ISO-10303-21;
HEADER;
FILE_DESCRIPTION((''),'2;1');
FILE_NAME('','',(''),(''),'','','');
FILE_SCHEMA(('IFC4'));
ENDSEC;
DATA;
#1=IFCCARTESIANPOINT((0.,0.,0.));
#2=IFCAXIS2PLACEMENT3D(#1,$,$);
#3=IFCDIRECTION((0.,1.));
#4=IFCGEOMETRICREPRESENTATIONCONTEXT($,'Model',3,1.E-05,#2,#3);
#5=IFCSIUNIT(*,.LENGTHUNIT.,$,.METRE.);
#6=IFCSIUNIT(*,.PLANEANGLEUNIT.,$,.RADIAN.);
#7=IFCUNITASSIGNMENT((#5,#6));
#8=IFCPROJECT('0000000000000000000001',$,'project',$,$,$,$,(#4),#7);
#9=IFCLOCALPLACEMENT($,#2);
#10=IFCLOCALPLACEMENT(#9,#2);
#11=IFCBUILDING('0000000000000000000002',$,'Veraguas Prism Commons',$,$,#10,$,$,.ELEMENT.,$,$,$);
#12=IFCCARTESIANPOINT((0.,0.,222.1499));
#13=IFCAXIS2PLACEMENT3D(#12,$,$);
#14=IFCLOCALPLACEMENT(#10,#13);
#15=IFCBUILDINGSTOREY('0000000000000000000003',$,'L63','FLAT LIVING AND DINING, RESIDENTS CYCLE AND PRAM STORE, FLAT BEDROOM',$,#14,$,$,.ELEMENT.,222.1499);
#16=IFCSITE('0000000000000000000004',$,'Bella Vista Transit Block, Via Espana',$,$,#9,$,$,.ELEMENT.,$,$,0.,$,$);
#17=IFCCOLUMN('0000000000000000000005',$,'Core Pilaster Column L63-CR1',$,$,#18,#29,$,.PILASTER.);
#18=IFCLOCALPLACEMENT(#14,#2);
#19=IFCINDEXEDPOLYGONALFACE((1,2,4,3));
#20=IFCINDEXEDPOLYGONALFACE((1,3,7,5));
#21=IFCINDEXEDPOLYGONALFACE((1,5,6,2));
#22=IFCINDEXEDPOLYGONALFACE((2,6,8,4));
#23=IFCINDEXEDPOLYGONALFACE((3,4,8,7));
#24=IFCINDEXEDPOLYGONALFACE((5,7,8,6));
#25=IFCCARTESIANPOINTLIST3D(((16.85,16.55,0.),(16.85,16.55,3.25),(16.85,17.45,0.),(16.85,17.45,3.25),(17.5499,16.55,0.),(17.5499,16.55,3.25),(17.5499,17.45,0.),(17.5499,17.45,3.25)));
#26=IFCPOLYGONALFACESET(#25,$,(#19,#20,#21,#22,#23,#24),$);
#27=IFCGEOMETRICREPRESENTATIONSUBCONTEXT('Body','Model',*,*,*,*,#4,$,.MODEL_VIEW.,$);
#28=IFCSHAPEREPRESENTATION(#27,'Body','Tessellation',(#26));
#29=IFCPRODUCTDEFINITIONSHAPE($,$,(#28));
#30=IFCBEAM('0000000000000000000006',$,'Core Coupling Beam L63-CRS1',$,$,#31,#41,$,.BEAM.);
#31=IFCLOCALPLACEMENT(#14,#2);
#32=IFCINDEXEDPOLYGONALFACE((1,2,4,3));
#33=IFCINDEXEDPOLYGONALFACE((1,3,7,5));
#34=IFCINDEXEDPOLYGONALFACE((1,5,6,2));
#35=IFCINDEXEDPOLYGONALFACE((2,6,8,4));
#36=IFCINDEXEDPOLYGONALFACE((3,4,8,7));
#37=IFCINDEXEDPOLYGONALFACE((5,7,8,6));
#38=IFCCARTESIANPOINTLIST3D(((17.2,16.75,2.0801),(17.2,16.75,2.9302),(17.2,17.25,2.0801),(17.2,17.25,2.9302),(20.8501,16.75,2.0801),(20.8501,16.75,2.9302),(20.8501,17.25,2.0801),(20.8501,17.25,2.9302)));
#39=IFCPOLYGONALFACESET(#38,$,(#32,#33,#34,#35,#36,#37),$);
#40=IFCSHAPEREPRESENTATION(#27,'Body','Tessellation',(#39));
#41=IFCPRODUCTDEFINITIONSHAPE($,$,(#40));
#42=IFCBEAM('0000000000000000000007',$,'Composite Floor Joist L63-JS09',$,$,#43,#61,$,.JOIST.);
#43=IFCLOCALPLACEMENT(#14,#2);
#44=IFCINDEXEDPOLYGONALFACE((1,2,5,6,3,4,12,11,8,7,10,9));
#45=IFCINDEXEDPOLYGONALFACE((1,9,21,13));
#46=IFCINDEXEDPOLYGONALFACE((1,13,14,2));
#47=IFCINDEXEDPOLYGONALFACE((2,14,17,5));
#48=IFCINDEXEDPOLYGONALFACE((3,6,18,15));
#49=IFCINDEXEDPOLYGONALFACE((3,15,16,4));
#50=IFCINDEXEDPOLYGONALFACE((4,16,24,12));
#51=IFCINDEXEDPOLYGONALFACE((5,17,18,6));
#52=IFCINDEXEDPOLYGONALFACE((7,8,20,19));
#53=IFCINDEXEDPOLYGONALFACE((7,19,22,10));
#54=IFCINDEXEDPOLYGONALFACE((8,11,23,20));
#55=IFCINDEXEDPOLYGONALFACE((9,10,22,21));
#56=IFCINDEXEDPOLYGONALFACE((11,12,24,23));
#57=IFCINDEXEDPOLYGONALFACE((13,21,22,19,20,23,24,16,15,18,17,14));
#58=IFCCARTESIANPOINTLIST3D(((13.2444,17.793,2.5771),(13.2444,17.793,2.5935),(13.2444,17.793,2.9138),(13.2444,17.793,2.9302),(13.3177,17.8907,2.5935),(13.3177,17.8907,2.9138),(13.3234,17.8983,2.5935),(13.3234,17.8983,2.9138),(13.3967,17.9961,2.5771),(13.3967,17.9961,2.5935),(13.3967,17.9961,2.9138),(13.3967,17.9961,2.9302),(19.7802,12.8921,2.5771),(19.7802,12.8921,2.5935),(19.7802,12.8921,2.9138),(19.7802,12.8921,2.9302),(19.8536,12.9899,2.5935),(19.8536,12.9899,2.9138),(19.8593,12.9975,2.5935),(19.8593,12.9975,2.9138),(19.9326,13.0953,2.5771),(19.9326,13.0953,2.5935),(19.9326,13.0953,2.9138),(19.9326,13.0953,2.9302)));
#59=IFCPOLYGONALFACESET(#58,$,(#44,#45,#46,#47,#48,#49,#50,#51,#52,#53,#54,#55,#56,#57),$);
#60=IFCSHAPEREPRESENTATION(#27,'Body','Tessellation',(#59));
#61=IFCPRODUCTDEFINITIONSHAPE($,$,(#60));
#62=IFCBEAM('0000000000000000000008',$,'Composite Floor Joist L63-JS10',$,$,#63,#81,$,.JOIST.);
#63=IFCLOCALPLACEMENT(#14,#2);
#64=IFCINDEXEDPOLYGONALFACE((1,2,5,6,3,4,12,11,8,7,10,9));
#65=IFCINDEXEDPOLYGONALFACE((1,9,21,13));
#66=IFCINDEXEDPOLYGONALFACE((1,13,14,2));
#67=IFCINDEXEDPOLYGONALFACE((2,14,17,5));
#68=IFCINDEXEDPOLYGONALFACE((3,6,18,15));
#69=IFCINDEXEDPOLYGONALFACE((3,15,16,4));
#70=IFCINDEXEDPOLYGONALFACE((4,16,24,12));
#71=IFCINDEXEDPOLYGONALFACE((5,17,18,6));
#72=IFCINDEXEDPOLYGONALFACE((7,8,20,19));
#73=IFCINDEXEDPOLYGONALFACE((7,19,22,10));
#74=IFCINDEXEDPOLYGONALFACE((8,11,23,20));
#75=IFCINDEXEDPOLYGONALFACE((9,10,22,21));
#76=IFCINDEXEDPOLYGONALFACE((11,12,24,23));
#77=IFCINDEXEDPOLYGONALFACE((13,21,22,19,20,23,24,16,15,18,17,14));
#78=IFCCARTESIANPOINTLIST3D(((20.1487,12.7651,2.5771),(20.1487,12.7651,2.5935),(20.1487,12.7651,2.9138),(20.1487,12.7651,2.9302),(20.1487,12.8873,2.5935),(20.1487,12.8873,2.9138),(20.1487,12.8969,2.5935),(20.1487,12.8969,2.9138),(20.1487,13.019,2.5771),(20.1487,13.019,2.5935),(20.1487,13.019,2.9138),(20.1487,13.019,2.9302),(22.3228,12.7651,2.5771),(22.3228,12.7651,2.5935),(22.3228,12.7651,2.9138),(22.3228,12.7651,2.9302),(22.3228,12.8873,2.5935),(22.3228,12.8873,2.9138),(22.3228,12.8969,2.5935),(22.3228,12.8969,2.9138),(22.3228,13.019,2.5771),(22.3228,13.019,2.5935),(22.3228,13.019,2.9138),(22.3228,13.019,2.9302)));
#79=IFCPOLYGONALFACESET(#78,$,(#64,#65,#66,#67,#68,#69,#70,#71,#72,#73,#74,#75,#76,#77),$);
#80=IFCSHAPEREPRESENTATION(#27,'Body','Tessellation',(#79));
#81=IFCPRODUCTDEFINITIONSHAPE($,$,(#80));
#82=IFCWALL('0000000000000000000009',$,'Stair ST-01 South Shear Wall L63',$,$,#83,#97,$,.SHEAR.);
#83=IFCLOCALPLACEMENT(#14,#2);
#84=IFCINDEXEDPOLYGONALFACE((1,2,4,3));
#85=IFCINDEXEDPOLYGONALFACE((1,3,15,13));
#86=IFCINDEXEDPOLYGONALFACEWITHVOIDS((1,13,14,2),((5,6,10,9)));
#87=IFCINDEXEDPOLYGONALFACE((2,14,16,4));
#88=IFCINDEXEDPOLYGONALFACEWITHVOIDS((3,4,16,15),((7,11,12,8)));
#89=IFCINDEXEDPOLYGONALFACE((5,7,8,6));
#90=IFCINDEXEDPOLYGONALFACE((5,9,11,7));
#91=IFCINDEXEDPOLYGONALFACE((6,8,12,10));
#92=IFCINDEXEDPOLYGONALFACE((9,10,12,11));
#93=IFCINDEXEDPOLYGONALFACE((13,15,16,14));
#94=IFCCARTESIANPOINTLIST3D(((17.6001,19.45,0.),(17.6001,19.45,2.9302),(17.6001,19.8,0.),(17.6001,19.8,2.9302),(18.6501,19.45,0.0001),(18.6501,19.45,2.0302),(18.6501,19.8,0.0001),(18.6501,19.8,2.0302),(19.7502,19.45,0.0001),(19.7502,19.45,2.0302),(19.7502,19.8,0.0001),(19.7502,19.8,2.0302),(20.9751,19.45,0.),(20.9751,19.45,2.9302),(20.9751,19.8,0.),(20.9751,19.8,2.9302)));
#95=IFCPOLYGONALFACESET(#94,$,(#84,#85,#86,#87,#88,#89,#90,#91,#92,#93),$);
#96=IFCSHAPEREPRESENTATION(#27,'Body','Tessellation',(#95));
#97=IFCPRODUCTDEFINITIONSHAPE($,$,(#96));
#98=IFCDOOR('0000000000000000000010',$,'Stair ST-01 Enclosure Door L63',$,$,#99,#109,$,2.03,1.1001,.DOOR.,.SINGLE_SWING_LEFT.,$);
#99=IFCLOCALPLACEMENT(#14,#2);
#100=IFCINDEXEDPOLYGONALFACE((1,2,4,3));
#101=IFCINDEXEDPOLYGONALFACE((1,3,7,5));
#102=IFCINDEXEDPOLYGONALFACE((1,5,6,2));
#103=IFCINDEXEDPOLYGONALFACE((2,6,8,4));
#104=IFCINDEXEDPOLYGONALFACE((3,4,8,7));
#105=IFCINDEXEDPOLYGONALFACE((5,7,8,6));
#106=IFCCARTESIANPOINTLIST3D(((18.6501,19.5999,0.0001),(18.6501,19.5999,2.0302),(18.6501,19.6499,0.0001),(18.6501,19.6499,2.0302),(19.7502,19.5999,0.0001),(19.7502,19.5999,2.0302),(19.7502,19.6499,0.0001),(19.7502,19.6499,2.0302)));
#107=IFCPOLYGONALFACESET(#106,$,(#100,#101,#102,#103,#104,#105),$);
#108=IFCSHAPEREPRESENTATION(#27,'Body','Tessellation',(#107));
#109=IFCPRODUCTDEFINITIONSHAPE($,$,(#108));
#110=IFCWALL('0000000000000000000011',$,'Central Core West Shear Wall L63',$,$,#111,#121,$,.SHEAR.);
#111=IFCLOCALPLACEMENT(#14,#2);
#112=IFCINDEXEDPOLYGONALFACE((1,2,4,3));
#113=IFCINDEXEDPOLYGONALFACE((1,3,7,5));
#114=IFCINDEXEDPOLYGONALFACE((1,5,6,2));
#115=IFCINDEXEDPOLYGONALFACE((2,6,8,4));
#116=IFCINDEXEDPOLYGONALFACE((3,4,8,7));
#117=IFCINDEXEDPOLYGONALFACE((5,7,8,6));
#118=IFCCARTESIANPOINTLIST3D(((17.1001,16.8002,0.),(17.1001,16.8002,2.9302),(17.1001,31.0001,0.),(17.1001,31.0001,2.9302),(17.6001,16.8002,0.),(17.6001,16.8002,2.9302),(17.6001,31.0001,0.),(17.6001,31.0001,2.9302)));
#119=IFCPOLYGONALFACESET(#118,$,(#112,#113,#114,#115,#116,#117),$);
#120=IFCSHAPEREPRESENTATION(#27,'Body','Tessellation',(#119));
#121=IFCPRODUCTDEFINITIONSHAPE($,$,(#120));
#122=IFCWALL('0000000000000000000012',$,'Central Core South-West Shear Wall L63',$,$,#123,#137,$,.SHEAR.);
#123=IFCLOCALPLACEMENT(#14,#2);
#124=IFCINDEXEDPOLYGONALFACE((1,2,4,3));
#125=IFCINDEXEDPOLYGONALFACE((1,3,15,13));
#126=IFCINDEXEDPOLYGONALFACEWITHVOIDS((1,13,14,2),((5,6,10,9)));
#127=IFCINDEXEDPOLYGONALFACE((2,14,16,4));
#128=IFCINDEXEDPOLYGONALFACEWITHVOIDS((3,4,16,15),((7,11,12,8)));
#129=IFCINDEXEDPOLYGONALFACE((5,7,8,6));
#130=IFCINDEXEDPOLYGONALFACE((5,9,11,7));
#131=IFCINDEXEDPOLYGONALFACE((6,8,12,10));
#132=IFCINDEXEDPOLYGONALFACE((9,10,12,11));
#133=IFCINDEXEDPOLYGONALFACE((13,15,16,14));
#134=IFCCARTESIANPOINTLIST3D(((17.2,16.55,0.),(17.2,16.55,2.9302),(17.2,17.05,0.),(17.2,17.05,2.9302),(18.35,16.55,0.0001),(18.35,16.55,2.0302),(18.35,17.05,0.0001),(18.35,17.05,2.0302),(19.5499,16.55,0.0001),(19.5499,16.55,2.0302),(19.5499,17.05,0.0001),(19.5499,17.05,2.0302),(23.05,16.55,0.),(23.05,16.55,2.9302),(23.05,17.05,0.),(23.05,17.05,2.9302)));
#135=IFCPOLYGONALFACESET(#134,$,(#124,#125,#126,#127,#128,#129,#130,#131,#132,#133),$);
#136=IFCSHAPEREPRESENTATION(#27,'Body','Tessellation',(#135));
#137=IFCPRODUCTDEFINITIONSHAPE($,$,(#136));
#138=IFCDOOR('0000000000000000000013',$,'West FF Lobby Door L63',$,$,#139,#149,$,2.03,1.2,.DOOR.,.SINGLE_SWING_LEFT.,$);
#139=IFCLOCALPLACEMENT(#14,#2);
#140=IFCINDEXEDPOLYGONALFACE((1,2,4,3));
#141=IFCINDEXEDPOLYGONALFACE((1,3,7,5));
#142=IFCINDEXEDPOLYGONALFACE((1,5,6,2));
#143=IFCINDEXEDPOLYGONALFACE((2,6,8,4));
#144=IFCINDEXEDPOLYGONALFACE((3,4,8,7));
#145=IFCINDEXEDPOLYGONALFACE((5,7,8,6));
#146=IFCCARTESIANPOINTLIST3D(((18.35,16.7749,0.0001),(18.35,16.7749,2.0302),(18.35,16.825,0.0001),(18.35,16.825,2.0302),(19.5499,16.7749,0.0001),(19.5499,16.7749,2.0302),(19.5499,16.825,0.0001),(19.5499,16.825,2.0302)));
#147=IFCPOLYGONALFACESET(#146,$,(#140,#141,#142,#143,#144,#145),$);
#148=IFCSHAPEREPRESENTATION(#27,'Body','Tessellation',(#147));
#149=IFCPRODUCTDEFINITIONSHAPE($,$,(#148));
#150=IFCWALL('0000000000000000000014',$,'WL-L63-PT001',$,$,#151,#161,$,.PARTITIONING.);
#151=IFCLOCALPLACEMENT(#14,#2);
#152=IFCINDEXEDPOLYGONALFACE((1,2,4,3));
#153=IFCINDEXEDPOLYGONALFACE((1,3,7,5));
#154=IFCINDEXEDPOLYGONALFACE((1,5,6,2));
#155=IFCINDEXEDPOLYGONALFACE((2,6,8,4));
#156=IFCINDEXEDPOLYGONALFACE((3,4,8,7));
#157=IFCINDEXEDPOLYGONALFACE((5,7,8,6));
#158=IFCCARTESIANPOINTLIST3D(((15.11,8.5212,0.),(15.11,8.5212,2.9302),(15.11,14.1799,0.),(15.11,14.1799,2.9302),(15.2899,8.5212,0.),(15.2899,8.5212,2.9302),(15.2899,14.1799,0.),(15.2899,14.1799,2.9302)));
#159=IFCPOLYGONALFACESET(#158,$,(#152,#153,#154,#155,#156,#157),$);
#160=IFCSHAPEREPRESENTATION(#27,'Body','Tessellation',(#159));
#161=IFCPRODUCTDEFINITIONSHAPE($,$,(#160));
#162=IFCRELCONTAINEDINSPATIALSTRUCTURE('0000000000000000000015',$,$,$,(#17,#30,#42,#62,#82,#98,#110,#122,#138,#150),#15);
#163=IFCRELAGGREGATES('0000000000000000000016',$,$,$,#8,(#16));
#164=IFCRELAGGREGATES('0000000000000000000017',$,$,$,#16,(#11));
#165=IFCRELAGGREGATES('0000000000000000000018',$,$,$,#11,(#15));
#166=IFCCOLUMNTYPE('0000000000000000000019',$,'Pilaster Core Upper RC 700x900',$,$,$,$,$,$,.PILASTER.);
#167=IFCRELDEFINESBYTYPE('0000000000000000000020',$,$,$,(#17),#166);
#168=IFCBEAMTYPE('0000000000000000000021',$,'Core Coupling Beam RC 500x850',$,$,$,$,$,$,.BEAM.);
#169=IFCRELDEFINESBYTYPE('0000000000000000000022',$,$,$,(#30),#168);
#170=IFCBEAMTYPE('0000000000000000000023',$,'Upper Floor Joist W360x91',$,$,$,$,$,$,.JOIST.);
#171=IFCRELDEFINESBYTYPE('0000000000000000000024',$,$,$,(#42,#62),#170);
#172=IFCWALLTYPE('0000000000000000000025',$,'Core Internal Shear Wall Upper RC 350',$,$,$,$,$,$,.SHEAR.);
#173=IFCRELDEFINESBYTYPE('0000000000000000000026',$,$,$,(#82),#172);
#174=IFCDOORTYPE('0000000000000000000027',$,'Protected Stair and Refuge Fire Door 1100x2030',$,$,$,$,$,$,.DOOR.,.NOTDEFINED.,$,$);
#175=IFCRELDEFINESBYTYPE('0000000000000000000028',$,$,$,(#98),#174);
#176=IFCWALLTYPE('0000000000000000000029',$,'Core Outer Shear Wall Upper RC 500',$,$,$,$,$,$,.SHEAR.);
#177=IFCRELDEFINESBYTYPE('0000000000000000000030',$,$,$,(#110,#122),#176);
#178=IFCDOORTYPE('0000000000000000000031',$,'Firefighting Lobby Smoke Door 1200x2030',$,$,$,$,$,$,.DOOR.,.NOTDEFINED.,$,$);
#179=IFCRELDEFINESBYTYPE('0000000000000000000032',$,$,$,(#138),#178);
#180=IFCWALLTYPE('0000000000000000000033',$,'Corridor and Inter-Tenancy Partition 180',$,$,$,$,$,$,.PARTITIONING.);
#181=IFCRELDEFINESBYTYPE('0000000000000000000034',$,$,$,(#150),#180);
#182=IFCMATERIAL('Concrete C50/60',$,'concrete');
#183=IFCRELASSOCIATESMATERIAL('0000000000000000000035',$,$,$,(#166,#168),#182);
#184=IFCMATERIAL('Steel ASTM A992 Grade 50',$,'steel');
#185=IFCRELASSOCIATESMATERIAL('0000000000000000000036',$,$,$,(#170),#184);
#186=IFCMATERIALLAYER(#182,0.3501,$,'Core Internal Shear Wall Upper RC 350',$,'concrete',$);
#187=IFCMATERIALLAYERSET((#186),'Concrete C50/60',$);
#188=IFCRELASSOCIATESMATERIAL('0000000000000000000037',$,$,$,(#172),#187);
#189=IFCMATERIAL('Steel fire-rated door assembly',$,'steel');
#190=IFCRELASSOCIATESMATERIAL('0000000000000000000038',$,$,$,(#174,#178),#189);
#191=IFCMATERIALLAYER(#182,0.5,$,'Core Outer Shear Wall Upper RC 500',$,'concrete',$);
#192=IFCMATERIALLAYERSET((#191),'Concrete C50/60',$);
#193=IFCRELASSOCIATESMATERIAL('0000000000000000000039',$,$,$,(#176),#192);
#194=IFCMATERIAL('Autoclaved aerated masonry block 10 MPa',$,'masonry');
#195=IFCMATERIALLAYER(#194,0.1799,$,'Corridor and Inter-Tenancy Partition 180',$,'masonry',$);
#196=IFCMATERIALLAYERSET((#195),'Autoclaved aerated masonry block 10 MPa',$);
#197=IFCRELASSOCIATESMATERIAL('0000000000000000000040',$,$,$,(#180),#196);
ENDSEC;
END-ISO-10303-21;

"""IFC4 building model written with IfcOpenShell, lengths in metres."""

from ifc_helpers import new_model, si_unit, direction, frame, frame_2d, origin, origin_2d, place, context, subcontext, project, spatial, rectangle, i_section, extrude, source, transform, mapped, material, layer, layer_set, material_profile, profile_set, type_object, element, fill, save


model = new_model("IFC4")

# Units and contexts
model_context = context("Model", 3, precision=1e-05, world=origin(), true_north=direction((0.0, 1.0)))
body_context = subcontext(model_context, "Body", "Model", "MODEL_VIEW")
ifc_project = project(units=[si_unit("LENGTHUNIT", "METRE"), si_unit("PLANEANGLEUNIT", "RADIAN")], contexts=[model_context])

# Site, building, storey
site_placement = place(None, origin())
site = spatial("IfcSite", under=ifc_project, at=site_placement, Name="Bella Vista Transit Block, Via Espana", CompositionType="ELEMENT", RefElevation=0.0)
building_placement = place(site_placement, origin())
building = spatial("IfcBuilding", under=site, at=building_placement, Name="Veraguas Prism Commons", CompositionType="ELEMENT")
storey_placement = place(building_placement, frame((0.0, 0.0, 222.1499)))
storey = spatial("IfcBuildingStorey", under=building, at=storey_placement, Name="L63", Description="FLAT LIVING AND DINING, RESIDENTS CYCLE AND PRAM STORE, FLAT BEDROOM", CompositionType="ELEMENT", Elevation=222.1499)

# Column
ifc_material_1 = material(Name="Concrete C50/60", Category="concrete")
ifc_material_profile_1 = material_profile(ifc_material_1, rectangle(XDim=0.7, YDim=0.8999, at=origin_2d()), Name="RC700X900")
ifc_profile_set_1 = profile_set([ifc_material_profile_1], Name="Concrete C50/60")
column_type = type_object("IfcColumnType", Name="Pilaster Core Upper RC 700x900", PredefinedType="PILASTER", material=ifc_profile_set_1)
column_placement = place(storey_placement, frame((17.2, 17.0, 0.0), z_axis=(0.0, 0.0, 1.0), x_axis=(1.0, 0.0, 0.0)))
element("IfcColumn", 1, at=column_placement, inside=storey, type_object=column_type, Name="Core Pilaster Column L63-CR1", PredefinedType="PILASTER", context=body_context, shape_type="SweptSolid", body=[
    extrude(rectangle(XDim=0.7, YDim=0.8999, at=origin_2d()), origin(), (0.0, 0.0, 1.0), 3.25),
])

# Beams
ifc_material_profile_2 = material_profile(ifc_material_1, rectangle(XDim=0.5, YDim=0.8501, at=origin_2d()), Name="RC500X850")
ifc_profile_set_2 = profile_set([ifc_material_profile_2], Name="Concrete C50/60")
beam_type_1 = type_object("IfcBeamType", Name="Core Coupling Beam RC 500x850", PredefinedType="BEAM", material=ifc_profile_set_2)
beam_1_placement = place(storey_placement, frame((17.2, 17.0, 2.5051), z_axis=(1.0, 0.0, 0.0), x_axis=(0.0, 1.0, 0.0)))
element("IfcBeam", 2, at=beam_1_placement, inside=storey, type_object=beam_type_1, Name="Core Coupling Beam L63-CRS1", PredefinedType="BEAM", context=body_context, shape_type="SweptSolid", body=[
    extrude(rectangle(XDim=0.5, YDim=0.8501, at=origin_2d()), origin(), (0.0, 0.0, 1.0), 3.6501),
])
ifc_material_2 = material(Name="Steel ASTM A992 Grade 50", Category="steel")
ifc_material_profile_3 = material_profile(ifc_material_2, i_section(OverallWidth=0.2539, OverallDepth=0.353, WebThickness=0.0095, FlangeThickness=0.0164, at=origin_2d()), Name="W360X91")
ifc_profile_set_3 = profile_set([ifc_material_profile_3], Name="Steel ASTM A992 Grade 50")
beam_type_2 = type_object("IfcBeamType", Name="Upper Floor Joist W360x91", PredefinedType="JOIST", material=ifc_profile_set_3)
beam_2_placement = place(storey_placement, frame((13.3206, 17.8945, 2.7537), z_axis=(0.800061, -0.599919, 0.0), x_axis=(0.599919, 0.800061, 0.0)))
element("IfcBeam", 3, at=beam_2_placement, inside=storey, type_object=beam_type_2, Name="Composite Floor Joist L63-JS09", PredefinedType="JOIST", context=body_context, shape_type="SweptSolid", body=[
    extrude(i_section(OverallWidth=0.2539, OverallDepth=0.353, WebThickness=0.0095, FlangeThickness=0.0164, at=origin_2d()), origin(), (0.0, 0.0, 1.0), 8.1692),
])
beam_3_placement = place(storey_placement, frame((20.1487, 12.8921, 2.7537), z_axis=(1.0, 0.0, 0.0), x_axis=(0.0, 1.0, 0.0)))
element("IfcBeam", 4, at=beam_3_placement, inside=storey, type_object=beam_type_2, Name="Composite Floor Joist L63-JS10", PredefinedType="JOIST", context=body_context, shape_type="SweptSolid", body=[
    extrude(i_section(OverallWidth=0.2539, OverallDepth=0.353, WebThickness=0.0095, FlangeThickness=0.0164, at=origin_2d()), origin(), (0.0, 0.0, 1.0), 2.1741),
])

# Wall, opening, door
ifc_layer_1 = layer(ifc_material_1, 0.3501, Name="Core Internal Shear Wall Upper RC 350", Category="concrete")
ifc_layer_set_1 = layer_set([ifc_layer_1], Name="Concrete C50/60")
wall_type_1 = type_object("IfcWallType", Name="Core Internal Shear Wall Upper RC 350", PredefinedType="SHEAR", material=ifc_layer_set_1)
wall_1_placement = place(storey_placement, frame((17.6001, 19.625, 0.0), z_axis=(0.0, 0.0, 1.0), x_axis=(1.0, 0.0, 0.0)))
wall_1 = element("IfcWall", 5, at=wall_1_placement, inside=storey, type_object=wall_type_1, Name="Stair ST-01 South Shear Wall L63", PredefinedType="SHEAR", context=body_context, shape_type="SweptSolid", body=[
    extrude(rectangle(XDim=3.375, YDim=0.3501, at=frame_2d((1.6875, 0.0))), origin(), (0.0, 0.0, 1.0), 2.9302),
])
opening_1_placement = place(wall_1_placement, frame((1.05, 0.0, 0.0)))
opening_1 = element("IfcOpeningElement", 6, at=opening_1_placement, cuts=wall_1, PredefinedType="OPENING", context=body_context, shape_type="SweptSolid", body=[
    extrude(rectangle(XDim=1.1001, YDim=2.03, at=frame_2d((0.55, 1.0151))), frame((0.0, 0.1851, 0.0), z_axis=(0.0, -1.0, 0.0), x_axis=(1.0, 0.0, 0.0)), (0.0, 0.0, 1.0), 0.3701),
])
ifc_material_3 = material(Name="Steel fire-rated door assembly", Category="steel")
door_type_1 = type_object("IfcDoorType", Name="Protected Stair and Refuge Fire Door 1100x2030", OperationType="NOTDEFINED", PredefinedType="DOOR", material=ifc_material_3)
shared_shape_1 = source(origin(), body_context, "Body", "SweptSolid", [
    extrude(rectangle(XDim=1.1001, YDim=2.03, at=frame_2d((0.55, 1.0151))), frame((0.0, 0.0249, 0.0), z_axis=(0.0, -1.0, 0.0), x_axis=(1.0, 0.0, 0.0)), (0.0, 0.0, 1.0), 0.05),
])
door_1_placement = place(opening_1_placement, origin())
door_1 = element("IfcDoor", 7, at=door_1_placement, inside=storey, type_object=door_type_1, Name="Stair ST-01 Enclosure Door L63", OperationType="SINGLE_SWING_LEFT", OverallHeight=2.03, OverallWidth=1.1001, PredefinedType="DOOR", context=body_context, shape_type="MappedRepresentation", body=[
    mapped(shared_shape_1, transform((0.0, 0.0, 0.0), scale=1.0)),
])
fill(opening_1, door_1)

# Wall
ifc_layer_2 = layer(ifc_material_1, 0.5, Name="Core Outer Shear Wall Upper RC 500", Category="concrete")
ifc_layer_set_2 = layer_set([ifc_layer_2], Name="Concrete C50/60")
wall_type_2 = type_object("IfcWallType", Name="Core Outer Shear Wall Upper RC 500", PredefinedType="SHEAR", material=ifc_layer_set_2)
wall_2_placement = place(storey_placement, frame((17.3501, 16.8, 0.0), z_axis=(0.0, 0.0, 1.0), x_axis=(0.0, 1.0, 0.0)))
element("IfcWall", 8, at=wall_2_placement, inside=storey, type_object=wall_type_2, Name="Central Core West Shear Wall L63", PredefinedType="SHEAR", context=body_context, shape_type="SweptSolid", body=[
    extrude(rectangle(XDim=14.2, YDim=0.5, at=frame_2d((7.1001, 0.0))), origin(), (0.0, 0.0, 1.0), 2.9302),
])

# Wall, opening, door
wall_3_placement = place(storey_placement, frame((17.2, 16.8, 0.0), z_axis=(0.0, 0.0, 1.0), x_axis=(1.0, 0.0, 0.0)))
wall_3 = element("IfcWall", 9, at=wall_3_placement, inside=storey, type_object=wall_type_2, Name="Central Core South-West Shear Wall L63", PredefinedType="SHEAR", context=body_context, shape_type="SweptSolid", body=[
    extrude(rectangle(XDim=5.8501, YDim=0.5, at=frame_2d((2.925, 0.0))), origin(), (0.0, 0.0, 1.0), 2.9302),
])
opening_2_placement = place(wall_3_placement, frame((1.1499, 0.0, 0.0)))
opening_2 = element("IfcOpeningElement", 10, at=opening_2_placement, cuts=wall_3, PredefinedType="OPENING", context=body_context, shape_type="SweptSolid", body=[
    extrude(rectangle(XDim=1.2, YDim=2.03, at=frame_2d((0.6001, 1.0151))), frame((0.0, 0.26, 0.0), z_axis=(0.0, -1.0, 0.0), x_axis=(1.0, 0.0, 0.0)), (0.0, 0.0, 1.0), 0.52),
])
door_type_2 = type_object("IfcDoorType", Name="Firefighting Lobby Smoke Door 1200x2030", OperationType="NOTDEFINED", PredefinedType="DOOR", material=ifc_material_3)
shared_shape_2 = source(origin(), body_context, "Body", "SweptSolid", [
    extrude(rectangle(XDim=1.2, YDim=2.03, at=frame_2d((0.6001, 1.0151))), frame((0.0, 0.0249, 0.0), z_axis=(0.0, -1.0, 0.0), x_axis=(1.0, 0.0, 0.0)), (0.0, 0.0, 1.0), 0.05),
])
door_2_placement = place(opening_2_placement, origin())
door_2 = element("IfcDoor", 11, at=door_2_placement, inside=storey, type_object=door_type_2, Name="West FF Lobby Door L63", OperationType="SINGLE_SWING_LEFT", OverallHeight=2.03, OverallWidth=1.2, PredefinedType="DOOR", context=body_context, shape_type="MappedRepresentation", body=[
    mapped(shared_shape_2, transform((0.0, 0.0, 0.0), scale=1.0)),
])
fill(opening_2, door_2)

# Wall
ifc_material_4 = material(Name="Autoclaved aerated masonry block 10 MPa", Category="masonry")
ifc_layer_3 = layer(ifc_material_4, 0.1799, Name="Corridor and Inter-Tenancy Partition 180", Category="masonry")
ifc_layer_set_3 = layer_set([ifc_layer_3], Name="Autoclaved aerated masonry block 10 MPa")
wall_type_3 = type_object("IfcWallType", Name="Corridor and Inter-Tenancy Partition 180", PredefinedType="PARTITIONING", material=ifc_layer_set_3)
wall_4_placement = place(storey_placement, frame((15.2, 14.1799, 0.0), z_axis=(0.0, 0.0, 1.0), x_axis=(0.0, -1.0, 0.0)))
element("IfcWall", 12, at=wall_4_placement, inside=storey, type_object=wall_type_3, Name="WL-L63-PT001", PredefinedType="PARTITIONING", context=body_context, shape_type="SweptSolid", body=[
    extrude(rectangle(XDim=5.6587, YDim=0.1799, at=frame_2d((2.8293, 0.0))), origin(), (0.0, 0.0, 1.0), 2.9302),
])

save(model, "model.ifc")
